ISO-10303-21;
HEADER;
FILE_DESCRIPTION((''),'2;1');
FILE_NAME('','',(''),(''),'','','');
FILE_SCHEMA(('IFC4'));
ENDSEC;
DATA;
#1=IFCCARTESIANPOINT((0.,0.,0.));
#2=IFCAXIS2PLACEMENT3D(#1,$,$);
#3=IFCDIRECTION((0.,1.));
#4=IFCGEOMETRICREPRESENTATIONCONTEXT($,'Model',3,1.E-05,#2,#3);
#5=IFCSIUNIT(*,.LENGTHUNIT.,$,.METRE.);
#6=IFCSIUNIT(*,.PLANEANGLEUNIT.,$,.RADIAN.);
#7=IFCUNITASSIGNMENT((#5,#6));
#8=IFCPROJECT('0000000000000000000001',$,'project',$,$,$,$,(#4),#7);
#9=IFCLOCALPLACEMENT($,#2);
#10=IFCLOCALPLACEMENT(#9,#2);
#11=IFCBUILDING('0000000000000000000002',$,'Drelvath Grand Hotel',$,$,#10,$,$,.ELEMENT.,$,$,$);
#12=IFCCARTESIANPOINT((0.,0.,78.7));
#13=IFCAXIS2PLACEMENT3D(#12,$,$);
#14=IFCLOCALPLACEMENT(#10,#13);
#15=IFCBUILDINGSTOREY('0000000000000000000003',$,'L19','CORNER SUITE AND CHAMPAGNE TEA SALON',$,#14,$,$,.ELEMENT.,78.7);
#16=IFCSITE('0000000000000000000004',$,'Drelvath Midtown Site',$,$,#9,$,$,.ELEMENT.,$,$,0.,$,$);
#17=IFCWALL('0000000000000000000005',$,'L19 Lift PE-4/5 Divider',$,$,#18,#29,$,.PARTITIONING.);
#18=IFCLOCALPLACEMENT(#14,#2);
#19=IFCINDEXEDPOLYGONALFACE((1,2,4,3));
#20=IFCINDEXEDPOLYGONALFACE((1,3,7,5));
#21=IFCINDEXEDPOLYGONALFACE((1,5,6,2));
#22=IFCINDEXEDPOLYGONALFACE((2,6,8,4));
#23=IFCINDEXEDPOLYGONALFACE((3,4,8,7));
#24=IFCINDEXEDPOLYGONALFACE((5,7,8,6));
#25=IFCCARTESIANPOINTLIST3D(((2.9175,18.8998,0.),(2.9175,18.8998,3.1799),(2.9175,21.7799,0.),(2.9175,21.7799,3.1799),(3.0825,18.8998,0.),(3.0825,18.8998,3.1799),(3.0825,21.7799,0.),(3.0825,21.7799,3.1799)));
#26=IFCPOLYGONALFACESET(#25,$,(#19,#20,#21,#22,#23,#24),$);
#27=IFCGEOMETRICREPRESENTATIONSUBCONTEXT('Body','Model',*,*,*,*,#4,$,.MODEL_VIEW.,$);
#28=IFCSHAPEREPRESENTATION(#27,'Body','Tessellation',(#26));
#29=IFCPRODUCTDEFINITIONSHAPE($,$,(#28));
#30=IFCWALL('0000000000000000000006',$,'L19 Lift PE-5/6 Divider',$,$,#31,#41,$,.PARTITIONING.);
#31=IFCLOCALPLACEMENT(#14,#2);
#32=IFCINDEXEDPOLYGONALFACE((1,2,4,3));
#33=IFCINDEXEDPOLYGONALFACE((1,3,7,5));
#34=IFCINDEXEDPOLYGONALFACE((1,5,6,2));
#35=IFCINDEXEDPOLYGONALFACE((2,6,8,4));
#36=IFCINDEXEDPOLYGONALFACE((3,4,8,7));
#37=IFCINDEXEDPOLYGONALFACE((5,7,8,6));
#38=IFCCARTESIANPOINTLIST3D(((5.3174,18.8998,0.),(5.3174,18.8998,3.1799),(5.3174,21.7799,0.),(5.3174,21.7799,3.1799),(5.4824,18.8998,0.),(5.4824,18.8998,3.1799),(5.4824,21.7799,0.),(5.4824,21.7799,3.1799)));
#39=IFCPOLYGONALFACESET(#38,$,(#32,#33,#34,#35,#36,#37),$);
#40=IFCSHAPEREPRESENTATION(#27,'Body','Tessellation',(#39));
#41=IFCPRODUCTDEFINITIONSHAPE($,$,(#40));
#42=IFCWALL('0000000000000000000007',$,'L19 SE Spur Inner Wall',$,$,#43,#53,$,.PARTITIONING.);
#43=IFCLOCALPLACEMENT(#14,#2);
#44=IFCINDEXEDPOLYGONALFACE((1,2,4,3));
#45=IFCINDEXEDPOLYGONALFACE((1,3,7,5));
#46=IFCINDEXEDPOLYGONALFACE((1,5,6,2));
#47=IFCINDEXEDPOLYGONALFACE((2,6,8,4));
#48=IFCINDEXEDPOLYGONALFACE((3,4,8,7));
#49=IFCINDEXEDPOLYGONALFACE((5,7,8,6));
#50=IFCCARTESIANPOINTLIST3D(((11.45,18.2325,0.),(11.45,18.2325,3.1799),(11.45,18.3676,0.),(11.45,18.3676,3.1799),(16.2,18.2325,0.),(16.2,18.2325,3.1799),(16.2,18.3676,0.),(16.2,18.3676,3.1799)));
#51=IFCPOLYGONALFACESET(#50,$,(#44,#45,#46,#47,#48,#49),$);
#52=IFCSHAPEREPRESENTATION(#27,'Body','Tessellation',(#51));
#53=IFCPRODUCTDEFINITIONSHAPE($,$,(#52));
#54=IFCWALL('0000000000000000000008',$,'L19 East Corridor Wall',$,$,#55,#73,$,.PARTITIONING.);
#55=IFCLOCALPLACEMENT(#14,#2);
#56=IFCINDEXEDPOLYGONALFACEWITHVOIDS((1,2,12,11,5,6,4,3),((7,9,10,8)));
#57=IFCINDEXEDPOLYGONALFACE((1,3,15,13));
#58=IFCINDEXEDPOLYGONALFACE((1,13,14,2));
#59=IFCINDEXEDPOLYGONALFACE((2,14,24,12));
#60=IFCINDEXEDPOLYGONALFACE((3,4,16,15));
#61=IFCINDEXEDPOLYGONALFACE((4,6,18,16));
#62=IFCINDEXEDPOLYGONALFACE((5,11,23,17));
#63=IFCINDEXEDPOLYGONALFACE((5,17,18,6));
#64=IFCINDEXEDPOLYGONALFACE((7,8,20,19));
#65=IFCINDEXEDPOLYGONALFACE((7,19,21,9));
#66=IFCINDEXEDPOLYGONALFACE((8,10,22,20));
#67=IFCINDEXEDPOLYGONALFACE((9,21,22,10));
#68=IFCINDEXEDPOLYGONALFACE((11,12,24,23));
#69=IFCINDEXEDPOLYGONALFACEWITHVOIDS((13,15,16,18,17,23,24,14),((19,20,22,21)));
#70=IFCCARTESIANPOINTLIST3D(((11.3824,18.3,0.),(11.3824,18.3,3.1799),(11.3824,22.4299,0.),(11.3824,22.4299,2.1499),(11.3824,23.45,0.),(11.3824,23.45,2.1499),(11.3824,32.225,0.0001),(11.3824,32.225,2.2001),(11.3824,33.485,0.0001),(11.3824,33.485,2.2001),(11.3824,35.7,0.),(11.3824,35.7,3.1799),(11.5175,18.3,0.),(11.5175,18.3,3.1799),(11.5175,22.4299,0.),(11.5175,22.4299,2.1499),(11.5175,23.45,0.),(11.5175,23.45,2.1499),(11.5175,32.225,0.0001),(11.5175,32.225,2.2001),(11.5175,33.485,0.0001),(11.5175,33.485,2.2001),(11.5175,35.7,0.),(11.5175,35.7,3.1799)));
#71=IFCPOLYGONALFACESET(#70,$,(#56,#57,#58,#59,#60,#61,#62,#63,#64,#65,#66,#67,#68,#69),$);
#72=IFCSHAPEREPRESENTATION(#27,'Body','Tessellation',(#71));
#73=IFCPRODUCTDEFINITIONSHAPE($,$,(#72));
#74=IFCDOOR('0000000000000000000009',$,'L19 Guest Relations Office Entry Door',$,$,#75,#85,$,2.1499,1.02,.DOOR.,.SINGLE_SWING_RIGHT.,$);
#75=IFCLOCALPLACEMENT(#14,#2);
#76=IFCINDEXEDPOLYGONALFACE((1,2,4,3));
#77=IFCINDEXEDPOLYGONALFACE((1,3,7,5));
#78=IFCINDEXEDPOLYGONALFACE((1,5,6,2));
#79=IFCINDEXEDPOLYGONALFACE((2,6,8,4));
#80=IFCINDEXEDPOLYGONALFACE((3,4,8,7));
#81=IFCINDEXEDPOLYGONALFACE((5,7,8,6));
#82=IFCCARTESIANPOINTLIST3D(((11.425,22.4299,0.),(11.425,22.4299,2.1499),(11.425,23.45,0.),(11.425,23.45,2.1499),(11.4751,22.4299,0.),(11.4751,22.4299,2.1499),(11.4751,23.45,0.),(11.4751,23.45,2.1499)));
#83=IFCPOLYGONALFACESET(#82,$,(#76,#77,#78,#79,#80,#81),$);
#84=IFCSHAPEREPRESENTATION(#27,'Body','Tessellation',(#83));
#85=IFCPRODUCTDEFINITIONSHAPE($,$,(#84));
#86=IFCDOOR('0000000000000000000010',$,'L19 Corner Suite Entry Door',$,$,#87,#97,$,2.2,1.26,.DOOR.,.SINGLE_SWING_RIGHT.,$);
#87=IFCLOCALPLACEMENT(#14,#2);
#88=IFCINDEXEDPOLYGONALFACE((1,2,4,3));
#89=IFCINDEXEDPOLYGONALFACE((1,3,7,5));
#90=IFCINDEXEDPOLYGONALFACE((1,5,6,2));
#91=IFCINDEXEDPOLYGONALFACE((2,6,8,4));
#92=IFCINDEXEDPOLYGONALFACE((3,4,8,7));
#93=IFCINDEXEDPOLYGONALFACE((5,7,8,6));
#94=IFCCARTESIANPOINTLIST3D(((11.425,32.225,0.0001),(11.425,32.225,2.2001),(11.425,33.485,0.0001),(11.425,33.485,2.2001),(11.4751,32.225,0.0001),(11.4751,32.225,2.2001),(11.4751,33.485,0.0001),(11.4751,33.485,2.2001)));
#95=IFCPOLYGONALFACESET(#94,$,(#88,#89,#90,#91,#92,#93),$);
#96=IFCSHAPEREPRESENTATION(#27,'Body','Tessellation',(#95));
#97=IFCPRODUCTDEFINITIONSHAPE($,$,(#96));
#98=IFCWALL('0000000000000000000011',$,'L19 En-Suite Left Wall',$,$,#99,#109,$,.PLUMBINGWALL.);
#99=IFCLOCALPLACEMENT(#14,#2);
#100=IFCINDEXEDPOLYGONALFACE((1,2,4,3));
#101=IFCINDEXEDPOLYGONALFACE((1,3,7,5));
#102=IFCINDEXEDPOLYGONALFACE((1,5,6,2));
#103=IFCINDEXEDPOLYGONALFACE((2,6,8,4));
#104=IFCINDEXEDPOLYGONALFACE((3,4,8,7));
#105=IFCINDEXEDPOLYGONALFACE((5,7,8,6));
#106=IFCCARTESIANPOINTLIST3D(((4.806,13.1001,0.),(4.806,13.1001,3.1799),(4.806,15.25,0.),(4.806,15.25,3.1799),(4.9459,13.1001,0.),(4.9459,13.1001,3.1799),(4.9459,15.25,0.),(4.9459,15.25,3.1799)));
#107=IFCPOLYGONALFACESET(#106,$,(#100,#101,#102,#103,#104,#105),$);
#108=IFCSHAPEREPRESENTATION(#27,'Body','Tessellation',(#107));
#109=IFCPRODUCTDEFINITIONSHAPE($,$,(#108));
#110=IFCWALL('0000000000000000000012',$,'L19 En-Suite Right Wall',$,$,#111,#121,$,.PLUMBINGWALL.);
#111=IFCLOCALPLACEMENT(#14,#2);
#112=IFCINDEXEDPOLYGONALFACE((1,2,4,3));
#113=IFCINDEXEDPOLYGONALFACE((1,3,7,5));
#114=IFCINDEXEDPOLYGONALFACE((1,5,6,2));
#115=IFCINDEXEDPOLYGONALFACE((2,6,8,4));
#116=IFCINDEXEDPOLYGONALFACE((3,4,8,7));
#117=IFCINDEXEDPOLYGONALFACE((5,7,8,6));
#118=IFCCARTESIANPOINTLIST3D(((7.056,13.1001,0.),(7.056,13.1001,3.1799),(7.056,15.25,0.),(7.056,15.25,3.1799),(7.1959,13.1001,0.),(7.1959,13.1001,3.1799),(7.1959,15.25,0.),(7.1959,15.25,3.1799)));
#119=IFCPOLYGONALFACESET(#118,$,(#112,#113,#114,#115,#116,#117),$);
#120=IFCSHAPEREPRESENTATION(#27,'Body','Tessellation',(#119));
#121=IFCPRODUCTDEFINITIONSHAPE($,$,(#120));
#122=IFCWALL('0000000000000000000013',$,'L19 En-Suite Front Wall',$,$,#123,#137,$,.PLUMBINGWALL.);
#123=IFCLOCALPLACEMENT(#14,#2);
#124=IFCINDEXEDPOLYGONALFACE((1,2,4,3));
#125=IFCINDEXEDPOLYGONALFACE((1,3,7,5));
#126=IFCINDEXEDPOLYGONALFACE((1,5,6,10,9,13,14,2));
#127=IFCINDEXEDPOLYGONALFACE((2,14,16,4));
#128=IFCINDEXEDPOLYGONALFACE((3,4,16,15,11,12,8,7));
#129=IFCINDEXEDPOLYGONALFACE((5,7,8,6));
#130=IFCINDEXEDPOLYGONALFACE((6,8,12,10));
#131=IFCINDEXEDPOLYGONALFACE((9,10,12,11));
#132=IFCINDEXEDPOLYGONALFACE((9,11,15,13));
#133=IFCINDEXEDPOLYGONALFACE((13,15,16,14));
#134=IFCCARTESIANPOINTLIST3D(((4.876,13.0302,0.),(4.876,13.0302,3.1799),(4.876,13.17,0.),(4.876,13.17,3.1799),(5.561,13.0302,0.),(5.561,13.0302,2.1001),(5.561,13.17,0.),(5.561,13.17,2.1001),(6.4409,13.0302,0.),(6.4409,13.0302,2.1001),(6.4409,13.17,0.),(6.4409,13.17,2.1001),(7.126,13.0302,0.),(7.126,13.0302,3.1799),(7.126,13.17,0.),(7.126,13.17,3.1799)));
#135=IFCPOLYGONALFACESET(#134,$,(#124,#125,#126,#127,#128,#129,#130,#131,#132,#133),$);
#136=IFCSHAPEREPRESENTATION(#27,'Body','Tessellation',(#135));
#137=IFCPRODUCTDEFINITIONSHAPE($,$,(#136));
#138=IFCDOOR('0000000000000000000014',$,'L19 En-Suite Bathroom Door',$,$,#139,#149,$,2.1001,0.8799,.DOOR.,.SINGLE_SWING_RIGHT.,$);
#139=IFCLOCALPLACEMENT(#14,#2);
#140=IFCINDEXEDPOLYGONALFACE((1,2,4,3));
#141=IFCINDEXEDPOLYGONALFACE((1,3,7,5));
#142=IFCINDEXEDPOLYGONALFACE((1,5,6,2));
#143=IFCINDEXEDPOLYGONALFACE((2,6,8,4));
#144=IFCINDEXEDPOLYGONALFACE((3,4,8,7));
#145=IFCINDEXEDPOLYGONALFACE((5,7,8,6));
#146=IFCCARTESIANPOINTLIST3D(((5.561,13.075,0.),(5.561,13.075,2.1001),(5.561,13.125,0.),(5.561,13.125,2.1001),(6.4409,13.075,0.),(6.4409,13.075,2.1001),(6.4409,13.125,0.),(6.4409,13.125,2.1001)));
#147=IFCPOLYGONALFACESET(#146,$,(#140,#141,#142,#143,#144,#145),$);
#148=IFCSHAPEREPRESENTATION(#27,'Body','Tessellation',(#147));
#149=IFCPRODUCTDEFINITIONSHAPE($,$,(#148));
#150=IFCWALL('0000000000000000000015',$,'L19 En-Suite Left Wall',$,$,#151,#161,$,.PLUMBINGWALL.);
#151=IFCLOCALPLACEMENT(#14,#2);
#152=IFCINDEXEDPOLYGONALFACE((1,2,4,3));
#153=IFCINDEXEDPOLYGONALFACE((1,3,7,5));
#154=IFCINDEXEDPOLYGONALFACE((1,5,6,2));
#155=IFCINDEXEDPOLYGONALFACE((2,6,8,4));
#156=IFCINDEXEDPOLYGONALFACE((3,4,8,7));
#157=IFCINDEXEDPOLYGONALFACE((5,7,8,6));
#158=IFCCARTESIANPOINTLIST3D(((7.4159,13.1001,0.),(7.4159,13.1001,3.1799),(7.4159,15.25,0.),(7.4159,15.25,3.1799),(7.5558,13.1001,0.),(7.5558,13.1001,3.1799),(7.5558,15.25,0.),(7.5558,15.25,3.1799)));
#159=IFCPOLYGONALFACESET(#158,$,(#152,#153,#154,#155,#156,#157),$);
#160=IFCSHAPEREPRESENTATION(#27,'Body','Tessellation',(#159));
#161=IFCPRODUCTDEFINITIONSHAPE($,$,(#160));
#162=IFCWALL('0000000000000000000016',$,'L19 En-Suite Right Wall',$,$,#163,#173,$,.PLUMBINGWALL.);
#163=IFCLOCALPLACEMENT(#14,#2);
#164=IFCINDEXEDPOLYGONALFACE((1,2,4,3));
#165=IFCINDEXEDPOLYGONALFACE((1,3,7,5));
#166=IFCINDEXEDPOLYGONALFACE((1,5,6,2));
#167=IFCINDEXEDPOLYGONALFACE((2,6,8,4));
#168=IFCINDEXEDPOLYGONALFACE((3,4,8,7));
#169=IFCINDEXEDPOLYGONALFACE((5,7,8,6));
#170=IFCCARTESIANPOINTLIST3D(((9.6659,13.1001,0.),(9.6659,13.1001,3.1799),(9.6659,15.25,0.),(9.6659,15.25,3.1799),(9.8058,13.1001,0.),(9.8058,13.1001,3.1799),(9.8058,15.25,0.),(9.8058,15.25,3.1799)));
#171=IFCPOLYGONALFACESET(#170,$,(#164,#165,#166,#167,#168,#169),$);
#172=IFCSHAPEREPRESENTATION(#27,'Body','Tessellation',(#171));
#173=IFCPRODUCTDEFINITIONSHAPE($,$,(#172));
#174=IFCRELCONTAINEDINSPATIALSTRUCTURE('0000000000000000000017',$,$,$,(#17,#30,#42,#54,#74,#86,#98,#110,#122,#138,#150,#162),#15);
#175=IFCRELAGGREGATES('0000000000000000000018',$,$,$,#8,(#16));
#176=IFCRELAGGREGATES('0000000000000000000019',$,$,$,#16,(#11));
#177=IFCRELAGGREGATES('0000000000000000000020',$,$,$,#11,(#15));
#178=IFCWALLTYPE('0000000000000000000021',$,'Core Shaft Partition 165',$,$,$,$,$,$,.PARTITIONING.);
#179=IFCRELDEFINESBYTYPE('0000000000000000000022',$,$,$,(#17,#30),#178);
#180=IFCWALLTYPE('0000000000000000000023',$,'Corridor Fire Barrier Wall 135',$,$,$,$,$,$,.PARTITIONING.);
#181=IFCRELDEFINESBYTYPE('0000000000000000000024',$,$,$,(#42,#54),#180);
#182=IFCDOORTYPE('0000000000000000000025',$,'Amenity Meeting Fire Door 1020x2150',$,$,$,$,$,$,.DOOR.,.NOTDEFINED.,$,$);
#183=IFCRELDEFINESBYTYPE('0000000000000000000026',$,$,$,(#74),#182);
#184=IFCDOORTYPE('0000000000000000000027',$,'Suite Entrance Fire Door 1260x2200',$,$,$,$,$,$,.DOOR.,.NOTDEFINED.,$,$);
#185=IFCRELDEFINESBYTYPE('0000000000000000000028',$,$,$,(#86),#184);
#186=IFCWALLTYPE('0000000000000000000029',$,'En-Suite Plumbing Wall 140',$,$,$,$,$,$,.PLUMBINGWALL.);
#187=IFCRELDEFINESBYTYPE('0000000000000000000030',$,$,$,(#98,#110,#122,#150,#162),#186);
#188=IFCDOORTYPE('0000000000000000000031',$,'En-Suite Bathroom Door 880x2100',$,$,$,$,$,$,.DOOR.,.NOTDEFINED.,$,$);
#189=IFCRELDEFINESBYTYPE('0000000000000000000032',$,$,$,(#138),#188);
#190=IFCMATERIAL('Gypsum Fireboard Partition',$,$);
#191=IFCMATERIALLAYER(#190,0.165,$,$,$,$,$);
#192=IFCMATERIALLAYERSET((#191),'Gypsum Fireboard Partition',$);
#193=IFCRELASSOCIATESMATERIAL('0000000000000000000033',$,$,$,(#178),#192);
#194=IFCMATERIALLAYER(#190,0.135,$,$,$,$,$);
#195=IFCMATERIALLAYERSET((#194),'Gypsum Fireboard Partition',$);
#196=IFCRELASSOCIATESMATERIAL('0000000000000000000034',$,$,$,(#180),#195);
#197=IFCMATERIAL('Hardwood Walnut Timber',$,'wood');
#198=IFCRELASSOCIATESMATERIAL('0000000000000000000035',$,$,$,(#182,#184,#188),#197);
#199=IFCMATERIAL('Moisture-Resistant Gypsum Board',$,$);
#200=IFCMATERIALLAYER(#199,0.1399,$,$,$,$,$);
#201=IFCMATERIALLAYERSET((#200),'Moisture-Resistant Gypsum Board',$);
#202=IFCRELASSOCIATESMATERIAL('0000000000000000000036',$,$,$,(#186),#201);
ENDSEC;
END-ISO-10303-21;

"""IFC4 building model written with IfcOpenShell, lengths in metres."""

from ifc_helpers import new_model, si_unit, direction, frame, frame_2d, origin, place, context, subcontext, project, spatial, rectangle, extrude, material, layer, layer_set, type_object, element, fill, save


model = new_model("IFC4")

# Units and contexts
model_context = context("Model", 3, precision=1e-05, world=origin(), true_north=direction((0.0, 1.0)))
body_context = subcontext(model_context, "Body", "Model", "MODEL_VIEW")
ifc_project = project(units=[si_unit("LENGTHUNIT", "METRE"), si_unit("PLANEANGLEUNIT", "RADIAN")], contexts=[model_context])

# Site, building, storey
site_placement = place(None, origin())
site = spatial("IfcSite", under=ifc_project, at=site_placement, Name="Drelvath Midtown Site", CompositionType="ELEMENT", RefElevation=0.0)
building_placement = place(site_placement, origin())
building = spatial("IfcBuilding", under=site, at=building_placement, Name="Drelvath Grand Hotel", CompositionType="ELEMENT")
storey_placement = place(building_placement, frame((0.0, 0.0, 78.7)))
storey = spatial("IfcBuildingStorey", under=building, at=storey_placement, Name="L19", Description="CORNER SUITE AND CHAMPAGNE TEA SALON", CompositionType="ELEMENT", Elevation=78.7)

# Walls
ifc_material_1 = material(Name="Gypsum Fireboard Partition")
ifc_layer_1 = layer(ifc_material_1, 0.165)
ifc_layer_set_1 = layer_set([ifc_layer_1], Name="Gypsum Fireboard Partition")
wall_type_1 = type_object("IfcWallType", Name="Core Shaft Partition 165", PredefinedType="PARTITIONING", material=ifc_layer_set_1)
for number, where, z_axis, x_axis, name in (
    (1, (3.0, 18.8999, 0.0), (0.0, 0.0, 1.0), (0.0, 1.0, 0.0), "L19 Lift PE-4/5 Divider"),
    (2, (5.3999, 18.8999, 0.0), (0.0, 0.0, 1.0), (0.0, 1.0, 0.0), "L19 Lift PE-5/6 Divider"),
):
    element("IfcWall", number, at=place(storey_placement, frame(where, z_axis=z_axis, x_axis=x_axis)), inside=storey, type_object=wall_type_1, Name=name, PredefinedType="PARTITIONING", context=body_context, shape_type="SweptSolid", body=[
        extrude(rectangle(XDim=2.8801, YDim=0.165, at=frame_2d((1.4399, 0.0))), origin(), (0.0, 0.0, 1.0), 3.1799),
    ])
ifc_layer_2 = layer(ifc_material_1, 0.135)
ifc_layer_set_2 = layer_set([ifc_layer_2], Name="Gypsum Fireboard Partition")
wall_type_2 = type_object("IfcWallType", Name="Corridor Fire Barrier Wall 135", PredefinedType="PARTITIONING", material=ifc_layer_set_2)
wall_1_placement = place(storey_placement, frame((11.45, 18.3, 0.0), z_axis=(0.0, 0.0, 1.0), x_axis=(1.0, 0.0, 0.0)))
element("IfcWall", 3, at=wall_1_placement, inside=storey, type_object=wall_type_2, Name="L19 SE Spur Inner Wall", PredefinedType="PARTITIONING", context=body_context, shape_type="SweptSolid", body=[
    extrude(rectangle(XDim=4.75, YDim=0.135, at=frame_2d((2.375, 0.0))), origin(), (0.0, 0.0, 1.0), 3.1799),
])

# Wall, openings, doors
wall_2_placement = place(storey_placement, frame((11.45, 18.3, 0.0), z_axis=(0.0, 0.0, 1.0), x_axis=(0.0, 1.0, 0.0)))
wall_2 = element("IfcWall", 4, at=wall_2_placement, inside=storey, type_object=wall_type_2, Name="L19 East Corridor Wall", PredefinedType="PARTITIONING", context=body_context, shape_type="SweptSolid", body=[
    extrude(rectangle(XDim=17.3999, YDim=0.135, at=frame_2d((8.7, 0.0))), origin(), (0.0, 0.0, 1.0), 3.1799),
])
opening_1_placement = place(wall_2_placement, frame((4.1299, 0.0, 0.0)))
opening_1 = element("IfcOpeningElement", 5, at=opening_1_placement, cuts=wall_2, PredefinedType="OPENING", context=body_context, shape_type="SweptSolid", body=[
    extrude(rectangle(XDim=1.02, YDim=2.1499, at=frame_2d((0.51, 1.075))), frame((0.0, 0.0774, 0.0), z_axis=(0.0, -1.0, 0.0), x_axis=(1.0, 0.0, 0.0)), (0.0, 0.0, 1.0), 0.155),
])
opening_2_placement = place(wall_2_placement, frame((13.925, 0.0, 0.0)))
opening_2 = element("IfcOpeningElement", 6, at=opening_2_placement, cuts=wall_2, PredefinedType="OPENING", context=body_context, shape_type="SweptSolid", body=[
    extrude(rectangle(XDim=1.26, YDim=2.2, at=frame_2d((0.6299, 1.1001))), frame((0.0, 0.0774, 0.0), z_axis=(0.0, -1.0, 0.0), x_axis=(1.0, 0.0, 0.0)), (0.0, 0.0, 1.0), 0.155),
])
ifc_material_2 = material(Name="Hardwood Walnut Timber", Category="wood")
door_type_1 = type_object("IfcDoorType", Name="Amenity Meeting Fire Door 1020x2150", OperationType="NOTDEFINED", PredefinedType="DOOR", material=ifc_material_2)
door_1_placement = place(opening_1_placement, origin())
door_1 = element("IfcDoor", 7, at=door_1_placement, inside=storey, type_object=door_type_1, Name="L19 Guest Relations Office Entry Door", OperationType="SINGLE_SWING_RIGHT", OverallHeight=2.1499, OverallWidth=1.02, PredefinedType="DOOR", context=body_context, shape_type="SweptSolid", body=[
    extrude(rectangle(XDim=1.02, YDim=2.1499, at=frame_2d((0.51, 1.075))), frame((0.0, 0.0249, 0.0), z_axis=(0.0, -1.0, 0.0), x_axis=(1.0, 0.0, 0.0)), (0.0, 0.0, 1.0), 0.05),
])
fill(opening_1, door_1)
door_type_2 = type_object("IfcDoorType", Name="Suite Entrance Fire Door 1260x2200", OperationType="NOTDEFINED", PredefinedType="DOOR", material=ifc_material_2)
door_2_placement = place(opening_2_placement, origin())
door_2 = element("IfcDoor", 8, at=door_2_placement, inside=storey, type_object=door_type_2, Name="L19 Corner Suite Entry Door", OperationType="SINGLE_SWING_RIGHT", OverallHeight=2.2, OverallWidth=1.26, PredefinedType="DOOR", context=body_context, shape_type="SweptSolid", body=[
    extrude(rectangle(XDim=1.26, YDim=2.2, at=frame_2d((0.6299, 1.1001))), frame((0.0, 0.0249, 0.0), z_axis=(0.0, -1.0, 0.0), x_axis=(1.0, 0.0, 0.0)), (0.0, 0.0, 1.0), 0.05),
])
fill(opening_2, door_2)

# Walls
ifc_material_3 = material(Name="Moisture-Resistant Gypsum Board")
ifc_layer_3 = layer(ifc_material_3, 0.1399)
ifc_layer_set_3 = layer_set([ifc_layer_3], Name="Moisture-Resistant Gypsum Board")
wall_type_3 = type_object("IfcWallType", Name="En-Suite Plumbing Wall 140", PredefinedType="PLUMBINGWALL", material=ifc_layer_set_3)
for number, where, z_axis, x_axis, name in (
    (9, (4.876, 15.25, 0.0), (0.0, 0.0, 1.0), (0.0, -1.0, 0.0), "L19 En-Suite Left Wall"),
    (10, (7.126, 15.25, 0.0), (0.0, 0.0, 1.0), (0.0, -1.0, 0.0), "L19 En-Suite Right Wall"),
):
    element("IfcWall", number, at=place(storey_placement, frame(where, z_axis=z_axis, x_axis=x_axis)), inside=storey, type_object=wall_type_3, Name=name, PredefinedType="PLUMBINGWALL", context=body_context, shape_type="SweptSolid", body=[
        extrude(rectangle(XDim=2.1499, YDim=0.1399, at=frame_2d((1.075, 0.0))), origin(), (0.0, 0.0, 1.0), 3.1799),
    ])

# Wall, opening, door
wall_3_placement = place(storey_placement, frame((4.876, 13.1001, 0.0), z_axis=(0.0, 0.0, 1.0), x_axis=(1.0, 0.0, 0.0)))
wall_3 = element("IfcWall", 11, at=wall_3_placement, inside=storey, type_object=wall_type_3, Name="L19 En-Suite Front Wall", PredefinedType="PLUMBINGWALL", context=body_context, shape_type="SweptSolid", body=[
    extrude(rectangle(XDim=2.25, YDim=0.1399, at=frame_2d((1.125, 0.0))), origin(), (0.0, 0.0, 1.0), 3.1799),
])
opening_3_placement = place(wall_3_placement, frame((0.6851, 0.0, 0.0)))
opening_3 = element("IfcOpeningElement", 12, at=opening_3_placement, cuts=wall_3, PredefinedType="OPENING", context=body_context, shape_type="SweptSolid", body=[
    extrude(rectangle(XDim=0.8799, YDim=2.1001, at=frame_2d((0.4399, 1.05))), frame((0.0, 0.0798, 0.0), z_axis=(0.0, -1.0, 0.0), x_axis=(1.0, 0.0, 0.0)), (0.0, 0.0, 1.0), 0.1599),
])
door_type_3 = type_object("IfcDoorType", Name="En-Suite Bathroom Door 880x2100", OperationType="NOTDEFINED", PredefinedType="DOOR", material=ifc_material_2)
door_3_placement = place(opening_3_placement, origin())
door_3 = element("IfcDoor", 13, at=door_3_placement, inside=storey, type_object=door_type_3, Name="L19 En-Suite Bathroom Door", OperationType="SINGLE_SWING_RIGHT", OverallHeight=2.1001, OverallWidth=0.8799, PredefinedType="DOOR", context=body_context, shape_type="SweptSolid", body=[
    extrude(rectangle(XDim=0.8799, YDim=2.1001, at=frame_2d((0.4399, 1.05))), frame((0.0, 0.0249, 0.0), z_axis=(0.0, -1.0, 0.0), x_axis=(1.0, 0.0, 0.0)), (0.0, 0.0, 1.0), 0.05),
])
fill(opening_3, door_3)

# Walls
for number, where, z_axis, x_axis, name in (
    (14, (7.4858, 15.25, 0.0), (0.0, 0.0, 1.0), (0.0, -1.0, 0.0), "L19 En-Suite Left Wall"),
    (15, (9.7358, 15.25, 0.0), (0.0, 0.0, 1.0), (0.0, -1.0, 0.0), "L19 En-Suite Right Wall"),
):
    element("IfcWall", number, at=place(storey_placement, frame(where, z_axis=z_axis, x_axis=x_axis)), inside=storey, type_object=wall_type_3, Name=name, PredefinedType="PLUMBINGWALL", context=body_context, shape_type="SweptSolid", body=[
        extrude(rectangle(XDim=2.1499, YDim=0.1399, at=frame_2d((1.075, 0.0))), origin(), (0.0, 0.0, 1.0), 3.1799),
    ])

save(model, "model.ifc")
